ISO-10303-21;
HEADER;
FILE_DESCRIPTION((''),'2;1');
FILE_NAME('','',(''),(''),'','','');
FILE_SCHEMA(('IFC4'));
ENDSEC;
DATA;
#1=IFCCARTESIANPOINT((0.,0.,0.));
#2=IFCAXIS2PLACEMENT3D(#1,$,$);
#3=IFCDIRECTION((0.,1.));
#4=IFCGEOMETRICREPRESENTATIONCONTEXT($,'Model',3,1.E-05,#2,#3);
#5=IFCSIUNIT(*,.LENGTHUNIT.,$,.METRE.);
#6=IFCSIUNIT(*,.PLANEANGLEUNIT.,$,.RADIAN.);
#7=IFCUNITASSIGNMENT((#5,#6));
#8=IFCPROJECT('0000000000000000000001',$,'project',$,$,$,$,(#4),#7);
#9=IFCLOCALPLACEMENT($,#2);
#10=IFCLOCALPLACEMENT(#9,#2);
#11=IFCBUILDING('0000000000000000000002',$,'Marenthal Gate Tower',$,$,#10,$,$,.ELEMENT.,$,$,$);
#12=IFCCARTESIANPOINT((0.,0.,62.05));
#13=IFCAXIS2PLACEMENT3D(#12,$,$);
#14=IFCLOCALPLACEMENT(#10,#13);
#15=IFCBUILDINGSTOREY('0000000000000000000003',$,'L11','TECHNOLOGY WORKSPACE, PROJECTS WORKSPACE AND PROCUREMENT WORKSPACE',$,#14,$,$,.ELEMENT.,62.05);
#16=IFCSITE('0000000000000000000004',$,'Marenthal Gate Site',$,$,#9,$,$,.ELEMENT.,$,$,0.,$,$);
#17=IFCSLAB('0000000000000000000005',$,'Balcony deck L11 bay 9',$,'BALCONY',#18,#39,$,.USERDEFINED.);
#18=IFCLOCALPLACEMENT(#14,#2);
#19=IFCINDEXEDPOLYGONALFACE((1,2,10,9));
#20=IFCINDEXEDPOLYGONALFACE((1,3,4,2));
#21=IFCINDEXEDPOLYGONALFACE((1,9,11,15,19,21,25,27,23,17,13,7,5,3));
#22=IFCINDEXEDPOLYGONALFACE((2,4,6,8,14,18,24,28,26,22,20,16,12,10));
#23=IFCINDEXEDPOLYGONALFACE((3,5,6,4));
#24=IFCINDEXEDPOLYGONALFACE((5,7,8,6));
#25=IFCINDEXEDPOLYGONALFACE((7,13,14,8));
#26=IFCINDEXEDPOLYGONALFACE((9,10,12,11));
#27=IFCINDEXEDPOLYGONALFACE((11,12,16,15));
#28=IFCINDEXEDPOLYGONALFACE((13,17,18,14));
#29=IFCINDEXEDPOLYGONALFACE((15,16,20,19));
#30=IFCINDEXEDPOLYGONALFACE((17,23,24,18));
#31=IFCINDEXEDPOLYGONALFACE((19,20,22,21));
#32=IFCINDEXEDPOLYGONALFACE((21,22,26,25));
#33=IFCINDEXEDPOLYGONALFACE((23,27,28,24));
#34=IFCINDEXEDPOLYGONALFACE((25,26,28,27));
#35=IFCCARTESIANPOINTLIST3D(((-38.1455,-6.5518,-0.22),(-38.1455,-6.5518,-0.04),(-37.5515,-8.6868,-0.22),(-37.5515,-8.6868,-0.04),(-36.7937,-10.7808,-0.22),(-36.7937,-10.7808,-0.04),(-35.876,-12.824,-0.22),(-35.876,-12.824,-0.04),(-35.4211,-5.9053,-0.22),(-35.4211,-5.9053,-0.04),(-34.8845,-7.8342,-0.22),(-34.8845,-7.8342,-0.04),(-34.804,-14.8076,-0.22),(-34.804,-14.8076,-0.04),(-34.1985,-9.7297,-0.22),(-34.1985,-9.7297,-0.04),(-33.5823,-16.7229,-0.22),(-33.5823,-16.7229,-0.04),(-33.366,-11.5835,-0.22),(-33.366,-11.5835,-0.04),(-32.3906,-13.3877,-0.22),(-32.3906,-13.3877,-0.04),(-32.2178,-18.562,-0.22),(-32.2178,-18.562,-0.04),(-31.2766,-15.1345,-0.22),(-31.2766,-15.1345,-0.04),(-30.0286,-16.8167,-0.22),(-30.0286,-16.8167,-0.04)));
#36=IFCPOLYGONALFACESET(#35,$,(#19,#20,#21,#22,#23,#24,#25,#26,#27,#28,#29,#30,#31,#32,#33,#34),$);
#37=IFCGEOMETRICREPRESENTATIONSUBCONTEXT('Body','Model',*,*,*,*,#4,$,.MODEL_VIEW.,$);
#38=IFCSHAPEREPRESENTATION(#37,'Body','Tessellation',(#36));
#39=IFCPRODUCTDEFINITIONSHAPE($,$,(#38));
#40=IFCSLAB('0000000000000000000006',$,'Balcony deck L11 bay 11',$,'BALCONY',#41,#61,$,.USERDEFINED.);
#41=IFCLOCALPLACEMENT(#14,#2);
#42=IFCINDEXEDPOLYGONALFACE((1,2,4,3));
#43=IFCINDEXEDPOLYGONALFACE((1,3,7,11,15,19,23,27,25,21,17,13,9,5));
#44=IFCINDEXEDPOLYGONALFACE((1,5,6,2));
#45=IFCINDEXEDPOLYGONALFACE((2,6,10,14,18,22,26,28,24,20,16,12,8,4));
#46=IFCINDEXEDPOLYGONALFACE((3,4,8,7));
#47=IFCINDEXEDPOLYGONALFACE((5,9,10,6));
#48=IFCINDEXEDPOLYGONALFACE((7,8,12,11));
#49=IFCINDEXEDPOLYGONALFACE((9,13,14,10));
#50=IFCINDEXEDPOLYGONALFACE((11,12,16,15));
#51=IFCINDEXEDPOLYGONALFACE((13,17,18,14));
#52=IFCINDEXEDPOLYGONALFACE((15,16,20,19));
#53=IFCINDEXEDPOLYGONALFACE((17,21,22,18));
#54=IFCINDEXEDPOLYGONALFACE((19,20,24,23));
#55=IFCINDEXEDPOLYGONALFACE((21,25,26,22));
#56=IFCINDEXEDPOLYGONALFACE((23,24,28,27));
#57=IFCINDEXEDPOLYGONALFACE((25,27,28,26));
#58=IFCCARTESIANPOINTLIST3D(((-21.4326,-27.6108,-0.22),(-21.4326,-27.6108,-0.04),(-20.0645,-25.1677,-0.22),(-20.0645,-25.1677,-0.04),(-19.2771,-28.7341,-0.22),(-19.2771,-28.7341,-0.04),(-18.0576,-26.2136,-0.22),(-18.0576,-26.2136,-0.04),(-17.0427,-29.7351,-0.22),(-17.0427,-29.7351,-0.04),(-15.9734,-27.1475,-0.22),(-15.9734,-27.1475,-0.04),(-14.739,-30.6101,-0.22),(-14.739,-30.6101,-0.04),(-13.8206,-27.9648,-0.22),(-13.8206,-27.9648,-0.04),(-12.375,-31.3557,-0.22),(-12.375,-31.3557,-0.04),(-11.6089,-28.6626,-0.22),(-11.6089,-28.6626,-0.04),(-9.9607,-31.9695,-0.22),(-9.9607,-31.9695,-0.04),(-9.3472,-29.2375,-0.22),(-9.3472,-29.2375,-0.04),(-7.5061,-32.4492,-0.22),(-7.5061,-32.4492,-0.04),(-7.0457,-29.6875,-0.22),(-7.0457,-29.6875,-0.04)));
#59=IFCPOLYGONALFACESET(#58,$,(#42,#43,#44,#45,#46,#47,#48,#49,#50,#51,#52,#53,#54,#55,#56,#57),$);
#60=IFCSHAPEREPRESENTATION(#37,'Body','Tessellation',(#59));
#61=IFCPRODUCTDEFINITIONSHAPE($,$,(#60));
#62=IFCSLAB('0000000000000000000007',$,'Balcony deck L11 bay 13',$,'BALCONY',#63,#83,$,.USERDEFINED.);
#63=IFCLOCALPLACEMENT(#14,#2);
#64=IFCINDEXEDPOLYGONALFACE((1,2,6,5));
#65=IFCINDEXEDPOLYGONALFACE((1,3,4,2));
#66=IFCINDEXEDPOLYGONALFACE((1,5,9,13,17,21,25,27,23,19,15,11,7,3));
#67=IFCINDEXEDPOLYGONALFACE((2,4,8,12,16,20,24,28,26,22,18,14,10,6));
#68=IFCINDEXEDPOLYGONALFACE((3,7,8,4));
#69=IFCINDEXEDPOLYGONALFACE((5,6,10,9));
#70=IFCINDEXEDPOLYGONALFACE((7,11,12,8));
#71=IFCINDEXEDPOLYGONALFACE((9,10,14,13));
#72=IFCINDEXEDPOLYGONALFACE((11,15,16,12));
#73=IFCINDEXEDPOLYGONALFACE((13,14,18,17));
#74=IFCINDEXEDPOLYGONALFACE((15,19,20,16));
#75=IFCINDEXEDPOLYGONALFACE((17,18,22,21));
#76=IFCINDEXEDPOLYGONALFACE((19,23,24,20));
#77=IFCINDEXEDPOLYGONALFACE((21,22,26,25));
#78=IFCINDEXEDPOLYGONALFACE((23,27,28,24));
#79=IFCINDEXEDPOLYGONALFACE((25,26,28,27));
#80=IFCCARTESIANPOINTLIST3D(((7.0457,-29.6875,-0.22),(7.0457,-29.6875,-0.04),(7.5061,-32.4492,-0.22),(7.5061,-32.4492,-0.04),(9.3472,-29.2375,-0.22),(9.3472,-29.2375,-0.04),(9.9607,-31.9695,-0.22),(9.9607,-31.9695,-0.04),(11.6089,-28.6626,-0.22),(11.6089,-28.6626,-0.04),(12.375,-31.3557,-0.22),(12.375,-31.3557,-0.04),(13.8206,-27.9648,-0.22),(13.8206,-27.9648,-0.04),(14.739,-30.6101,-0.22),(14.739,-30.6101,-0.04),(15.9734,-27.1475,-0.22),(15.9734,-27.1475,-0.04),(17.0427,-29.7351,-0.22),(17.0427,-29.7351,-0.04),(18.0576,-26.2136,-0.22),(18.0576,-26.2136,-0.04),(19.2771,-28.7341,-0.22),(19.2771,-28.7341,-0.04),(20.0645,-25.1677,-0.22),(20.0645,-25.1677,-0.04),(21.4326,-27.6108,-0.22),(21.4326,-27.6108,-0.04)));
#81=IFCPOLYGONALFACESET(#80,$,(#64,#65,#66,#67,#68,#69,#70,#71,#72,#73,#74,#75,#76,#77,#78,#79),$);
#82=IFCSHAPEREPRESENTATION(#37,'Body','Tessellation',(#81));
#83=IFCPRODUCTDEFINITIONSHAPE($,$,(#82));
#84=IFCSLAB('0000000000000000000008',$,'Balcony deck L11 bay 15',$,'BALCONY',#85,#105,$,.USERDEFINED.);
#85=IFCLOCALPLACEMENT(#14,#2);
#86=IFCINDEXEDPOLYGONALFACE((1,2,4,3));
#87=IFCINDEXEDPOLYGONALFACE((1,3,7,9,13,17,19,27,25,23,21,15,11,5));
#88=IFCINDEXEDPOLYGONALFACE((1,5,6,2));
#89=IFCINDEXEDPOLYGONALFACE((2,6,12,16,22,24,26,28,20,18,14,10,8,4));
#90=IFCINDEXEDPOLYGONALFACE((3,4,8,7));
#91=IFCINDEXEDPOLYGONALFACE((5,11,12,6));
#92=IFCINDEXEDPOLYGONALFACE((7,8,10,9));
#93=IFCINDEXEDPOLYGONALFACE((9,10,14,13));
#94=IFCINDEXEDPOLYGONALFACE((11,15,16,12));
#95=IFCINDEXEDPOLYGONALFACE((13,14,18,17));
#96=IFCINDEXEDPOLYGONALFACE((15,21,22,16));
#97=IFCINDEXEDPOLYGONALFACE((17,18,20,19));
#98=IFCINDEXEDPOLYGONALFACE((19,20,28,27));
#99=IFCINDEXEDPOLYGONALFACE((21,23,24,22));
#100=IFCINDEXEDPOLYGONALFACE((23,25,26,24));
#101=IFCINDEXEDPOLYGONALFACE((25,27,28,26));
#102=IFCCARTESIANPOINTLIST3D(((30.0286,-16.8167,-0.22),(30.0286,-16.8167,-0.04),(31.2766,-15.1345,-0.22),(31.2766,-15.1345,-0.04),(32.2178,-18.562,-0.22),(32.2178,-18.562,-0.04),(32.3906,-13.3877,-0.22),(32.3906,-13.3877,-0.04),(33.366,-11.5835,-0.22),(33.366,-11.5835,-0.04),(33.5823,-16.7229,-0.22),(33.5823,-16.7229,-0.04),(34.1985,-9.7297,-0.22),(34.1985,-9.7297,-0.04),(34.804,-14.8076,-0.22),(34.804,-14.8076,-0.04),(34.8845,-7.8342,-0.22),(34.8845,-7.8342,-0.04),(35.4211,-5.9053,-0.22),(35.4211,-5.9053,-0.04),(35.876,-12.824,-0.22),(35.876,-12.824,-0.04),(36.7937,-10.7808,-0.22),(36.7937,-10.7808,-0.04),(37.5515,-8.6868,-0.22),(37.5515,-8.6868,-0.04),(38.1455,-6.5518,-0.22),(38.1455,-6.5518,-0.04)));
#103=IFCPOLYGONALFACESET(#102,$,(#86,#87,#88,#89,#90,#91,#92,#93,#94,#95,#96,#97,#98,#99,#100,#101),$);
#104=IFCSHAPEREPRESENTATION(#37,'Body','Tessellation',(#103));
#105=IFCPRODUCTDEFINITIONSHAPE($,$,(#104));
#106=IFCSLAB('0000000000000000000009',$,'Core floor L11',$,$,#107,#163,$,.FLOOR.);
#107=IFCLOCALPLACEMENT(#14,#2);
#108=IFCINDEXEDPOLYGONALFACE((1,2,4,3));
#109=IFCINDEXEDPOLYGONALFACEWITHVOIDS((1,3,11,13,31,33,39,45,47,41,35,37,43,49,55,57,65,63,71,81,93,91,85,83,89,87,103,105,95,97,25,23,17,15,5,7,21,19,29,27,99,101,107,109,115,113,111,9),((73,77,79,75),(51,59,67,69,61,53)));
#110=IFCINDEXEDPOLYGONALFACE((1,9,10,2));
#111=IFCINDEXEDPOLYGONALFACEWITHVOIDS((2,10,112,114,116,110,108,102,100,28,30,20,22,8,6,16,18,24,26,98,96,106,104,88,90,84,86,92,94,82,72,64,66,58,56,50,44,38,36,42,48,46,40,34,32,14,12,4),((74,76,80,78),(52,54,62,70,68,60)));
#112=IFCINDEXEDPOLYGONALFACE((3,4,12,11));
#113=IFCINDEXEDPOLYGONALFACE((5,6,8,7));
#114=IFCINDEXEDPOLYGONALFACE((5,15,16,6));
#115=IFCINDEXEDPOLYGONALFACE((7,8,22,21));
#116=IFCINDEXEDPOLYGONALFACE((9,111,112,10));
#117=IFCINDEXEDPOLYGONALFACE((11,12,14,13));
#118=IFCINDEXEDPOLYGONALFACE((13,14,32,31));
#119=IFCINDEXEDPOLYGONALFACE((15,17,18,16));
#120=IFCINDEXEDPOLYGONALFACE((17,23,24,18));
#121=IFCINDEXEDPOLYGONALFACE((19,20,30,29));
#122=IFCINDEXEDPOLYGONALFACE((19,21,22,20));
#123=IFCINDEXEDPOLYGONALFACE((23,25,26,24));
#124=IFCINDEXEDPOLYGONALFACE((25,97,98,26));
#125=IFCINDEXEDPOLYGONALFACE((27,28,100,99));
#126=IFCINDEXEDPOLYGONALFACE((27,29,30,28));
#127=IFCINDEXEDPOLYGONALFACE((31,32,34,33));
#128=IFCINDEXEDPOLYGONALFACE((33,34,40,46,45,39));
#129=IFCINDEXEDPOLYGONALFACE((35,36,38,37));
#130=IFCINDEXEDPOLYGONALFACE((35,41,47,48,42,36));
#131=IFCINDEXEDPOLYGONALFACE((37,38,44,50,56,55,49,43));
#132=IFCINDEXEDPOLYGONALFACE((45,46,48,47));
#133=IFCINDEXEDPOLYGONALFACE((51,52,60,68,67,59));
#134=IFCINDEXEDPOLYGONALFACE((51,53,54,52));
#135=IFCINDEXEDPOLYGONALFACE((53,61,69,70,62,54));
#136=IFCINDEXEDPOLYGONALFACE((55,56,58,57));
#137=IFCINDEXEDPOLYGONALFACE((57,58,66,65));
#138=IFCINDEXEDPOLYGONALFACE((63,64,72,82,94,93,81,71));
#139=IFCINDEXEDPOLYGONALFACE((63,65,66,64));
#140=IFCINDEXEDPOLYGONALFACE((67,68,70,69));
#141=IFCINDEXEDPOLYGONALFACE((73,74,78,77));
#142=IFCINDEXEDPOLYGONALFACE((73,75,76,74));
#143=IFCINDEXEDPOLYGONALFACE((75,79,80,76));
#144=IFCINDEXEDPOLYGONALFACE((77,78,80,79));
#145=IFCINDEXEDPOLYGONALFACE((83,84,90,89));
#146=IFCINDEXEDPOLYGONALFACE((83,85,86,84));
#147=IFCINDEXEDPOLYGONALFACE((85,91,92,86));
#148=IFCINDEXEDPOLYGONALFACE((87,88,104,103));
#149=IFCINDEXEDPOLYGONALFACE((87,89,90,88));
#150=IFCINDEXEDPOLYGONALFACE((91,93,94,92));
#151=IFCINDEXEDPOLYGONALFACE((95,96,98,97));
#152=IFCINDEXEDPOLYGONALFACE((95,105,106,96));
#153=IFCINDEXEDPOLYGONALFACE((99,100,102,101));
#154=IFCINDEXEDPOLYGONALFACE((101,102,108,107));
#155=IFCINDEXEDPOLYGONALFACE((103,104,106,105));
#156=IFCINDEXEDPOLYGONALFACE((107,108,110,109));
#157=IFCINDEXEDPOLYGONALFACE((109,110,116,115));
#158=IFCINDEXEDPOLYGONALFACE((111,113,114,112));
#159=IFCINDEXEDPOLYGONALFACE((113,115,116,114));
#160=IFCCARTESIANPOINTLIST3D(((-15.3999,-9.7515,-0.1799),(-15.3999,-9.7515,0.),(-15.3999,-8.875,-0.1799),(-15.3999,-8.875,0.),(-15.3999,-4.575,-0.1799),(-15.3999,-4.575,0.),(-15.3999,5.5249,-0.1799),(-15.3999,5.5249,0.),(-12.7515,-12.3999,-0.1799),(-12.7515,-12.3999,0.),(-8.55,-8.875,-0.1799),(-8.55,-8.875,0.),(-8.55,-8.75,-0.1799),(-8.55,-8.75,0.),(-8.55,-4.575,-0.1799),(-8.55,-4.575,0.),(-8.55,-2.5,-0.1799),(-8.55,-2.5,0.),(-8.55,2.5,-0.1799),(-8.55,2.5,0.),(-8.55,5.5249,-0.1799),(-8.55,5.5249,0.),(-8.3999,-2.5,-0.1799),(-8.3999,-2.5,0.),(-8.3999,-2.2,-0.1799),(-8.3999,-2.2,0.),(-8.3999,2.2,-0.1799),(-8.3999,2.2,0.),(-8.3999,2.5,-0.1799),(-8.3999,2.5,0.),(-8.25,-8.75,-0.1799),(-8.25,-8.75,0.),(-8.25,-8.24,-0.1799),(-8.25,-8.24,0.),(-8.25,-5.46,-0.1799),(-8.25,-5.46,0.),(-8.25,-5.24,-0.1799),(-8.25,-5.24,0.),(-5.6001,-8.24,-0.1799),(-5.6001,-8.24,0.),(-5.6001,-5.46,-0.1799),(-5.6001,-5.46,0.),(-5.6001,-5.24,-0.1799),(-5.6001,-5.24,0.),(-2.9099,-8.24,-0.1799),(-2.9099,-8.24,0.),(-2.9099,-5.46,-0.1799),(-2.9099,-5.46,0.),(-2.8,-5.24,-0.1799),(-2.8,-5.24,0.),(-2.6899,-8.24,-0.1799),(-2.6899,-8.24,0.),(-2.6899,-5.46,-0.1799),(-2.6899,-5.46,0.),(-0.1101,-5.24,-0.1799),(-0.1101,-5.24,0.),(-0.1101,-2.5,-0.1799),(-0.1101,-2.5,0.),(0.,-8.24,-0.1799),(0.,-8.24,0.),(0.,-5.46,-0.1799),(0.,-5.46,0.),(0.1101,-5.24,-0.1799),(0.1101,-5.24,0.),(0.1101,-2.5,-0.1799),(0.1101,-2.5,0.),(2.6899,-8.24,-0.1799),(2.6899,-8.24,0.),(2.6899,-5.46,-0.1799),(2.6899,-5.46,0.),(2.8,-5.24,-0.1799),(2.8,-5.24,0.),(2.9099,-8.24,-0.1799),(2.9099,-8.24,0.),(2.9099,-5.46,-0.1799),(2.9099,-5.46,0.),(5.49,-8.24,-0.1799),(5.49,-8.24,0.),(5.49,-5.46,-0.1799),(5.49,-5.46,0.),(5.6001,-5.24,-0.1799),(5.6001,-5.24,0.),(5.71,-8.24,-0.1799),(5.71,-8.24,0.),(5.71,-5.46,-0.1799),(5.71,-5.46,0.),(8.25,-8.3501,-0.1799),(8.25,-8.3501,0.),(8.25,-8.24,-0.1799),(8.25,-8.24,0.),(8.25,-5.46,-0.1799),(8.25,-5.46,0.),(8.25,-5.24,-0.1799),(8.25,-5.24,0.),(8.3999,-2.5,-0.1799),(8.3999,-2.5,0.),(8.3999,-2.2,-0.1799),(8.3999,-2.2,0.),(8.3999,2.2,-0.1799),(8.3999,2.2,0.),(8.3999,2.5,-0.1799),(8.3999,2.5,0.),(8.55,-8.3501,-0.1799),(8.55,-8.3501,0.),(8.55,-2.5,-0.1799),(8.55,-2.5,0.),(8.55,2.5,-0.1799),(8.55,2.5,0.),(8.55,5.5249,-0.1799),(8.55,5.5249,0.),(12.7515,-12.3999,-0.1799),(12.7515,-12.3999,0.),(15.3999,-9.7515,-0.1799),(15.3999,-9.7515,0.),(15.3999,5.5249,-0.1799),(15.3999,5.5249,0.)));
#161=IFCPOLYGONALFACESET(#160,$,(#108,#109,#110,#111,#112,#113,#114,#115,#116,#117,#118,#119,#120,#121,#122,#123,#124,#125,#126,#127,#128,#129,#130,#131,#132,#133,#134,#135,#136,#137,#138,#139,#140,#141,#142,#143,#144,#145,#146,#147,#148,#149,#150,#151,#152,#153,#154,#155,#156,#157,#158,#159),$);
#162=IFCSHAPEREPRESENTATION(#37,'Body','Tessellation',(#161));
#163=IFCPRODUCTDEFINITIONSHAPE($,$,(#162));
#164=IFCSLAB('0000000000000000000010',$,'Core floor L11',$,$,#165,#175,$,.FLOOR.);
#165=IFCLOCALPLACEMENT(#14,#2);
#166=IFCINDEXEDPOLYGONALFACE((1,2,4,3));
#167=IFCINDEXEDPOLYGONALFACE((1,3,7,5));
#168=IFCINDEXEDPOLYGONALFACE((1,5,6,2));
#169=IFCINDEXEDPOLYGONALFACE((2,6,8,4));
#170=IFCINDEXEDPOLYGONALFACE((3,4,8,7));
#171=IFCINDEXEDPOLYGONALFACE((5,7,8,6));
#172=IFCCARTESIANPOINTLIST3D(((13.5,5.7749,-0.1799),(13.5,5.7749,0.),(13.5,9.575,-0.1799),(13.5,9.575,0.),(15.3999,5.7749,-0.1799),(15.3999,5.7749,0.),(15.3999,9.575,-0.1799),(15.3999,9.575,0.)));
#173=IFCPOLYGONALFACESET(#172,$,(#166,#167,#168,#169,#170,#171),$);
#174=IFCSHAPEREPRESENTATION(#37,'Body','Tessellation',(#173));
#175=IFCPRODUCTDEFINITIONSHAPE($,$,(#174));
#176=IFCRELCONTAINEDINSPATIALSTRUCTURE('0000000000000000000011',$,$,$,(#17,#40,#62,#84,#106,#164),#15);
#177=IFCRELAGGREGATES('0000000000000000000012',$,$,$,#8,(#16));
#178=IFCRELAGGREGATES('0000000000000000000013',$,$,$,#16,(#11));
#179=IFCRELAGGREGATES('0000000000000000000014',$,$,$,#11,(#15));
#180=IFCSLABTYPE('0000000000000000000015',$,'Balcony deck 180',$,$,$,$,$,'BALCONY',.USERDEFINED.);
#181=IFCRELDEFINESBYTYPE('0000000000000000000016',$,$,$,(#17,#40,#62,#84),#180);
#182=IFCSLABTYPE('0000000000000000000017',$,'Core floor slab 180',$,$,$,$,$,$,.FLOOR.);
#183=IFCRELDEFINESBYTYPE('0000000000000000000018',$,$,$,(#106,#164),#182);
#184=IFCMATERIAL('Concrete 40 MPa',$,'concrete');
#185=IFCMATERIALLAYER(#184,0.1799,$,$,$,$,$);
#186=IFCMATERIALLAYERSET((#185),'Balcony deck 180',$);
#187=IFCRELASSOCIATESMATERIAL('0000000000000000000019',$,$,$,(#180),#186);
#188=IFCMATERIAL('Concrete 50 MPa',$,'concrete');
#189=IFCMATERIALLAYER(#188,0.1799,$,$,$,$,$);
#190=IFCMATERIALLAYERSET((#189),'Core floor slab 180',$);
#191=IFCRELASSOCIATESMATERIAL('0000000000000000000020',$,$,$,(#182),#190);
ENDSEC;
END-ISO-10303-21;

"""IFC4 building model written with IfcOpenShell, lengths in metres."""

from ifc_helpers import new_model, si_unit, direction, frame, origin, place, context, subcontext, project, spatial, polyline, outline, extrude, material, layer, layer_set, type_object, element, save


model = new_model("IFC4")

# Units and contexts
model_context = context("Model", 3, precision=1e-05, world=origin(), true_north=direction((0.0, 1.0)))
body_context = subcontext(model_context, "Body", "Model", "MODEL_VIEW")
ifc_project = project(units=[si_unit("LENGTHUNIT", "METRE"), si_unit("PLANEANGLEUNIT", "RADIAN")], contexts=[model_context])

# Site, building, storey
site_placement = place(None, origin())
site = spatial("IfcSite", under=ifc_project, at=site_placement, Name="Marenthal Gate Site", CompositionType="ELEMENT", RefElevation=0.0)
building_placement = place(site_placement, origin())
building = spatial("IfcBuilding", under=site, at=building_placement, Name="Marenthal Gate Tower", CompositionType="ELEMENT")
storey_placement = place(building_placement, frame((0.0, 0.0, 62.05)))
storey = spatial("IfcBuildingStorey", under=building, at=storey_placement, Name="L11", Description="TECHNOLOGY WORKSPACE, PROJECTS WORKSPACE AND PROCUREMENT WORKSPACE", CompositionType="ELEMENT", Elevation=62.05)

# Slabs
ifc_material_1 = material(Name="Concrete 40 MPa", Category="concrete")
ifc_layer_1 = layer(ifc_material_1, 0.1799)
ifc_layer_set_1 = layer_set([ifc_layer_1], Name="Balcony deck 180")
slab_type_1 = type_object("IfcSlabType", Name="Balcony deck 180", ElementType="BALCONY", PredefinedType="USERDEFINED", material=ifc_layer_set_1)
slab_1_placement = place(storey_placement, frame((0.0, 0.0, -0.22)))
element("IfcSlab", 1, at=slab_1_placement, inside=storey, type_object=slab_type_1, Name="Balcony deck L11 bay 9", ObjectType="BALCONY", PredefinedType="USERDEFINED", context=body_context, shape_type="SweptSolid", body=[
    extrude(outline(polyline([(-35.4211, -5.9053), (-34.8845, -7.8342), (-34.1985, -9.7297), (-33.366, -11.5835), (-32.3906, -13.3877), (-31.2766, -15.1345), (-30.0286, -16.8167), (-32.2178, -18.562), (-33.5823, -16.7229), (-34.804, -14.8076), (-35.876, -12.824), (-36.7937, -10.7808), (-37.5515, -8.6868), (-38.1455, -6.5518), (-35.4211, -5.9053)])), origin(), (0.0, 0.0, 1.0), 0.1799),
])
slab_2_placement = place(storey_placement, frame((0.0, 0.0, -0.22)))
element("IfcSlab", 2, at=slab_2_placement, inside=storey, type_object=slab_type_1, Name="Balcony deck L11 bay 11", ObjectType="BALCONY", PredefinedType="USERDEFINED", context=body_context, shape_type="SweptSolid", body=[
    extrude(outline(polyline([(-20.0645, -25.1677), (-18.0576, -26.2136), (-15.9734, -27.1475), (-13.8206, -27.9648), (-11.6089, -28.6626), (-9.3472, -29.2375), (-7.0457, -29.6875), (-7.5061, -32.4492), (-9.9607, -31.9695), (-12.375, -31.3557), (-14.739, -30.6101), (-17.0427, -29.7351), (-19.2771, -28.7341), (-21.4326, -27.6108), (-20.0645, -25.1677)])), origin(), (0.0, 0.0, 1.0), 0.1799),
])
slab_3_placement = place(storey_placement, frame((0.0, 0.0, -0.22)))
element("IfcSlab", 3, at=slab_3_placement, inside=storey, type_object=slab_type_1, Name="Balcony deck L11 bay 13", ObjectType="BALCONY", PredefinedType="USERDEFINED", context=body_context, shape_type="SweptSolid", body=[
    extrude(outline(polyline([(7.0457, -29.6875), (9.3472, -29.2375), (11.6089, -28.6626), (13.8206, -27.9648), (15.9734, -27.1475), (18.0576, -26.2136), (20.0645, -25.1677), (21.4326, -27.6108), (19.2771, -28.7341), (17.0427, -29.7351), (14.739, -30.6101), (12.375, -31.3557), (9.9607, -31.9695), (7.5061, -32.4492), (7.0457, -29.6875)])), origin(), (0.0, 0.0, 1.0), 0.1799),
])
slab_4_placement = place(storey_placement, frame((0.0, 0.0, -0.22)))
element("IfcSlab", 4, at=slab_4_placement, inside=storey, type_object=slab_type_1, Name="Balcony deck L11 bay 15", ObjectType="BALCONY", PredefinedType="USERDEFINED", context=body_context, shape_type="SweptSolid", body=[
    extrude(outline(polyline([(30.0286, -16.8167), (31.2766, -15.1345), (32.3906, -13.3877), (33.366, -11.5835), (34.1985, -9.7297), (34.8845, -7.8342), (35.4211, -5.9053), (38.1455, -6.5518), (37.5515, -8.6868), (36.7937, -10.7808), (35.876, -12.824), (34.804, -14.8076), (33.5823, -16.7229), (32.2178, -18.562), (30.0286, -16.8167)])), origin(), (0.0, 0.0, 1.0), 0.1799),
])
ifc_material_2 = material(Name="Concrete 50 MPa", Category="concrete")
ifc_layer_2 = layer(ifc_material_2, 0.1799)
ifc_layer_set_2 = layer_set([ifc_layer_2], Name="Core floor slab 180")
slab_type_2 = type_object("IfcSlabType", Name="Core floor slab 180", PredefinedType="FLOOR", material=ifc_layer_set_2)
slab_5_placement = place(storey_placement, frame((0.0, 0.0, -0.1799)))
element("IfcSlab", 5, at=slab_5_placement, inside=storey, type_object=slab_type_2, Name="Core floor L11", PredefinedType="FLOOR", context=body_context, shape_type="SweptSolid", body=[
    extrude(outline(polyline([(15.3999, -9.7515), (12.7515, -12.3999), (-12.7515, -12.3999), (-15.3999, -9.7515), (-15.3999, -8.875), (-8.55, -8.875), (-8.55, -8.75), (-8.25, -8.75), (-8.25, -8.24), (-5.6001, -8.24), (-2.9099, -8.24), (-2.9099, -5.46), (-5.6001, -5.46), (-8.25, -5.46), (-8.25, -5.24), (-5.6001, -5.24), (-2.8, -5.24), (-0.1101, -5.24), (-0.1101, -2.5), (0.1101, -2.5), (0.1101, -5.24), (2.8, -5.24), (5.6001, -5.24), (8.25, -5.24), (8.25, -5.46), (5.71, -5.46), (5.71, -8.24), (8.25, -8.24), (8.25, -8.3501), (8.55, -8.3501), (8.55, -2.5), (8.3999, -2.5), (8.3999, -2.2), (-8.3999, -2.2), (-8.3999, -2.5), (-8.55, -2.5), (-8.55, -4.575), (-15.3999, -4.575), (-15.3999, 5.5249), (-8.55, 5.5249), (-8.55, 2.5), (-8.3999, 2.5), (-8.3999, 2.2), (8.3999, 2.2), (8.3999, 2.5), (8.55, 2.5), (8.55, 5.5249), (15.3999, 5.5249), (15.3999, -9.7515)]), holes=[polyline([(2.6899, -5.46), (0.0, -5.46), (-2.6899, -5.46), (-2.6899, -8.24), (0.0, -8.24), (2.6899, -8.24), (2.6899, -5.46)]), polyline([(5.49, -5.46), (2.9099, -5.46), (2.9099, -8.24), (5.49, -8.24), (5.49, -5.46)])]), origin(), (0.0, 0.0, 1.0), 0.1799),
])
slab_6_placement = place(storey_placement, frame((0.0, 0.0, -0.1799)))
element("IfcSlab", 6, at=slab_6_placement, inside=storey, type_object=slab_type_2, Name="Core floor L11", PredefinedType="FLOOR", context=body_context, shape_type="SweptSolid", body=[
    extrude(outline(polyline([(15.3999, 5.7749), (13.5, 5.7749), (13.5, 9.575), (15.3999, 9.575), (15.3999, 5.7749)])), origin(), (0.0, 0.0, 1.0), 0.1799),
])

save(model, "model.ifc")
